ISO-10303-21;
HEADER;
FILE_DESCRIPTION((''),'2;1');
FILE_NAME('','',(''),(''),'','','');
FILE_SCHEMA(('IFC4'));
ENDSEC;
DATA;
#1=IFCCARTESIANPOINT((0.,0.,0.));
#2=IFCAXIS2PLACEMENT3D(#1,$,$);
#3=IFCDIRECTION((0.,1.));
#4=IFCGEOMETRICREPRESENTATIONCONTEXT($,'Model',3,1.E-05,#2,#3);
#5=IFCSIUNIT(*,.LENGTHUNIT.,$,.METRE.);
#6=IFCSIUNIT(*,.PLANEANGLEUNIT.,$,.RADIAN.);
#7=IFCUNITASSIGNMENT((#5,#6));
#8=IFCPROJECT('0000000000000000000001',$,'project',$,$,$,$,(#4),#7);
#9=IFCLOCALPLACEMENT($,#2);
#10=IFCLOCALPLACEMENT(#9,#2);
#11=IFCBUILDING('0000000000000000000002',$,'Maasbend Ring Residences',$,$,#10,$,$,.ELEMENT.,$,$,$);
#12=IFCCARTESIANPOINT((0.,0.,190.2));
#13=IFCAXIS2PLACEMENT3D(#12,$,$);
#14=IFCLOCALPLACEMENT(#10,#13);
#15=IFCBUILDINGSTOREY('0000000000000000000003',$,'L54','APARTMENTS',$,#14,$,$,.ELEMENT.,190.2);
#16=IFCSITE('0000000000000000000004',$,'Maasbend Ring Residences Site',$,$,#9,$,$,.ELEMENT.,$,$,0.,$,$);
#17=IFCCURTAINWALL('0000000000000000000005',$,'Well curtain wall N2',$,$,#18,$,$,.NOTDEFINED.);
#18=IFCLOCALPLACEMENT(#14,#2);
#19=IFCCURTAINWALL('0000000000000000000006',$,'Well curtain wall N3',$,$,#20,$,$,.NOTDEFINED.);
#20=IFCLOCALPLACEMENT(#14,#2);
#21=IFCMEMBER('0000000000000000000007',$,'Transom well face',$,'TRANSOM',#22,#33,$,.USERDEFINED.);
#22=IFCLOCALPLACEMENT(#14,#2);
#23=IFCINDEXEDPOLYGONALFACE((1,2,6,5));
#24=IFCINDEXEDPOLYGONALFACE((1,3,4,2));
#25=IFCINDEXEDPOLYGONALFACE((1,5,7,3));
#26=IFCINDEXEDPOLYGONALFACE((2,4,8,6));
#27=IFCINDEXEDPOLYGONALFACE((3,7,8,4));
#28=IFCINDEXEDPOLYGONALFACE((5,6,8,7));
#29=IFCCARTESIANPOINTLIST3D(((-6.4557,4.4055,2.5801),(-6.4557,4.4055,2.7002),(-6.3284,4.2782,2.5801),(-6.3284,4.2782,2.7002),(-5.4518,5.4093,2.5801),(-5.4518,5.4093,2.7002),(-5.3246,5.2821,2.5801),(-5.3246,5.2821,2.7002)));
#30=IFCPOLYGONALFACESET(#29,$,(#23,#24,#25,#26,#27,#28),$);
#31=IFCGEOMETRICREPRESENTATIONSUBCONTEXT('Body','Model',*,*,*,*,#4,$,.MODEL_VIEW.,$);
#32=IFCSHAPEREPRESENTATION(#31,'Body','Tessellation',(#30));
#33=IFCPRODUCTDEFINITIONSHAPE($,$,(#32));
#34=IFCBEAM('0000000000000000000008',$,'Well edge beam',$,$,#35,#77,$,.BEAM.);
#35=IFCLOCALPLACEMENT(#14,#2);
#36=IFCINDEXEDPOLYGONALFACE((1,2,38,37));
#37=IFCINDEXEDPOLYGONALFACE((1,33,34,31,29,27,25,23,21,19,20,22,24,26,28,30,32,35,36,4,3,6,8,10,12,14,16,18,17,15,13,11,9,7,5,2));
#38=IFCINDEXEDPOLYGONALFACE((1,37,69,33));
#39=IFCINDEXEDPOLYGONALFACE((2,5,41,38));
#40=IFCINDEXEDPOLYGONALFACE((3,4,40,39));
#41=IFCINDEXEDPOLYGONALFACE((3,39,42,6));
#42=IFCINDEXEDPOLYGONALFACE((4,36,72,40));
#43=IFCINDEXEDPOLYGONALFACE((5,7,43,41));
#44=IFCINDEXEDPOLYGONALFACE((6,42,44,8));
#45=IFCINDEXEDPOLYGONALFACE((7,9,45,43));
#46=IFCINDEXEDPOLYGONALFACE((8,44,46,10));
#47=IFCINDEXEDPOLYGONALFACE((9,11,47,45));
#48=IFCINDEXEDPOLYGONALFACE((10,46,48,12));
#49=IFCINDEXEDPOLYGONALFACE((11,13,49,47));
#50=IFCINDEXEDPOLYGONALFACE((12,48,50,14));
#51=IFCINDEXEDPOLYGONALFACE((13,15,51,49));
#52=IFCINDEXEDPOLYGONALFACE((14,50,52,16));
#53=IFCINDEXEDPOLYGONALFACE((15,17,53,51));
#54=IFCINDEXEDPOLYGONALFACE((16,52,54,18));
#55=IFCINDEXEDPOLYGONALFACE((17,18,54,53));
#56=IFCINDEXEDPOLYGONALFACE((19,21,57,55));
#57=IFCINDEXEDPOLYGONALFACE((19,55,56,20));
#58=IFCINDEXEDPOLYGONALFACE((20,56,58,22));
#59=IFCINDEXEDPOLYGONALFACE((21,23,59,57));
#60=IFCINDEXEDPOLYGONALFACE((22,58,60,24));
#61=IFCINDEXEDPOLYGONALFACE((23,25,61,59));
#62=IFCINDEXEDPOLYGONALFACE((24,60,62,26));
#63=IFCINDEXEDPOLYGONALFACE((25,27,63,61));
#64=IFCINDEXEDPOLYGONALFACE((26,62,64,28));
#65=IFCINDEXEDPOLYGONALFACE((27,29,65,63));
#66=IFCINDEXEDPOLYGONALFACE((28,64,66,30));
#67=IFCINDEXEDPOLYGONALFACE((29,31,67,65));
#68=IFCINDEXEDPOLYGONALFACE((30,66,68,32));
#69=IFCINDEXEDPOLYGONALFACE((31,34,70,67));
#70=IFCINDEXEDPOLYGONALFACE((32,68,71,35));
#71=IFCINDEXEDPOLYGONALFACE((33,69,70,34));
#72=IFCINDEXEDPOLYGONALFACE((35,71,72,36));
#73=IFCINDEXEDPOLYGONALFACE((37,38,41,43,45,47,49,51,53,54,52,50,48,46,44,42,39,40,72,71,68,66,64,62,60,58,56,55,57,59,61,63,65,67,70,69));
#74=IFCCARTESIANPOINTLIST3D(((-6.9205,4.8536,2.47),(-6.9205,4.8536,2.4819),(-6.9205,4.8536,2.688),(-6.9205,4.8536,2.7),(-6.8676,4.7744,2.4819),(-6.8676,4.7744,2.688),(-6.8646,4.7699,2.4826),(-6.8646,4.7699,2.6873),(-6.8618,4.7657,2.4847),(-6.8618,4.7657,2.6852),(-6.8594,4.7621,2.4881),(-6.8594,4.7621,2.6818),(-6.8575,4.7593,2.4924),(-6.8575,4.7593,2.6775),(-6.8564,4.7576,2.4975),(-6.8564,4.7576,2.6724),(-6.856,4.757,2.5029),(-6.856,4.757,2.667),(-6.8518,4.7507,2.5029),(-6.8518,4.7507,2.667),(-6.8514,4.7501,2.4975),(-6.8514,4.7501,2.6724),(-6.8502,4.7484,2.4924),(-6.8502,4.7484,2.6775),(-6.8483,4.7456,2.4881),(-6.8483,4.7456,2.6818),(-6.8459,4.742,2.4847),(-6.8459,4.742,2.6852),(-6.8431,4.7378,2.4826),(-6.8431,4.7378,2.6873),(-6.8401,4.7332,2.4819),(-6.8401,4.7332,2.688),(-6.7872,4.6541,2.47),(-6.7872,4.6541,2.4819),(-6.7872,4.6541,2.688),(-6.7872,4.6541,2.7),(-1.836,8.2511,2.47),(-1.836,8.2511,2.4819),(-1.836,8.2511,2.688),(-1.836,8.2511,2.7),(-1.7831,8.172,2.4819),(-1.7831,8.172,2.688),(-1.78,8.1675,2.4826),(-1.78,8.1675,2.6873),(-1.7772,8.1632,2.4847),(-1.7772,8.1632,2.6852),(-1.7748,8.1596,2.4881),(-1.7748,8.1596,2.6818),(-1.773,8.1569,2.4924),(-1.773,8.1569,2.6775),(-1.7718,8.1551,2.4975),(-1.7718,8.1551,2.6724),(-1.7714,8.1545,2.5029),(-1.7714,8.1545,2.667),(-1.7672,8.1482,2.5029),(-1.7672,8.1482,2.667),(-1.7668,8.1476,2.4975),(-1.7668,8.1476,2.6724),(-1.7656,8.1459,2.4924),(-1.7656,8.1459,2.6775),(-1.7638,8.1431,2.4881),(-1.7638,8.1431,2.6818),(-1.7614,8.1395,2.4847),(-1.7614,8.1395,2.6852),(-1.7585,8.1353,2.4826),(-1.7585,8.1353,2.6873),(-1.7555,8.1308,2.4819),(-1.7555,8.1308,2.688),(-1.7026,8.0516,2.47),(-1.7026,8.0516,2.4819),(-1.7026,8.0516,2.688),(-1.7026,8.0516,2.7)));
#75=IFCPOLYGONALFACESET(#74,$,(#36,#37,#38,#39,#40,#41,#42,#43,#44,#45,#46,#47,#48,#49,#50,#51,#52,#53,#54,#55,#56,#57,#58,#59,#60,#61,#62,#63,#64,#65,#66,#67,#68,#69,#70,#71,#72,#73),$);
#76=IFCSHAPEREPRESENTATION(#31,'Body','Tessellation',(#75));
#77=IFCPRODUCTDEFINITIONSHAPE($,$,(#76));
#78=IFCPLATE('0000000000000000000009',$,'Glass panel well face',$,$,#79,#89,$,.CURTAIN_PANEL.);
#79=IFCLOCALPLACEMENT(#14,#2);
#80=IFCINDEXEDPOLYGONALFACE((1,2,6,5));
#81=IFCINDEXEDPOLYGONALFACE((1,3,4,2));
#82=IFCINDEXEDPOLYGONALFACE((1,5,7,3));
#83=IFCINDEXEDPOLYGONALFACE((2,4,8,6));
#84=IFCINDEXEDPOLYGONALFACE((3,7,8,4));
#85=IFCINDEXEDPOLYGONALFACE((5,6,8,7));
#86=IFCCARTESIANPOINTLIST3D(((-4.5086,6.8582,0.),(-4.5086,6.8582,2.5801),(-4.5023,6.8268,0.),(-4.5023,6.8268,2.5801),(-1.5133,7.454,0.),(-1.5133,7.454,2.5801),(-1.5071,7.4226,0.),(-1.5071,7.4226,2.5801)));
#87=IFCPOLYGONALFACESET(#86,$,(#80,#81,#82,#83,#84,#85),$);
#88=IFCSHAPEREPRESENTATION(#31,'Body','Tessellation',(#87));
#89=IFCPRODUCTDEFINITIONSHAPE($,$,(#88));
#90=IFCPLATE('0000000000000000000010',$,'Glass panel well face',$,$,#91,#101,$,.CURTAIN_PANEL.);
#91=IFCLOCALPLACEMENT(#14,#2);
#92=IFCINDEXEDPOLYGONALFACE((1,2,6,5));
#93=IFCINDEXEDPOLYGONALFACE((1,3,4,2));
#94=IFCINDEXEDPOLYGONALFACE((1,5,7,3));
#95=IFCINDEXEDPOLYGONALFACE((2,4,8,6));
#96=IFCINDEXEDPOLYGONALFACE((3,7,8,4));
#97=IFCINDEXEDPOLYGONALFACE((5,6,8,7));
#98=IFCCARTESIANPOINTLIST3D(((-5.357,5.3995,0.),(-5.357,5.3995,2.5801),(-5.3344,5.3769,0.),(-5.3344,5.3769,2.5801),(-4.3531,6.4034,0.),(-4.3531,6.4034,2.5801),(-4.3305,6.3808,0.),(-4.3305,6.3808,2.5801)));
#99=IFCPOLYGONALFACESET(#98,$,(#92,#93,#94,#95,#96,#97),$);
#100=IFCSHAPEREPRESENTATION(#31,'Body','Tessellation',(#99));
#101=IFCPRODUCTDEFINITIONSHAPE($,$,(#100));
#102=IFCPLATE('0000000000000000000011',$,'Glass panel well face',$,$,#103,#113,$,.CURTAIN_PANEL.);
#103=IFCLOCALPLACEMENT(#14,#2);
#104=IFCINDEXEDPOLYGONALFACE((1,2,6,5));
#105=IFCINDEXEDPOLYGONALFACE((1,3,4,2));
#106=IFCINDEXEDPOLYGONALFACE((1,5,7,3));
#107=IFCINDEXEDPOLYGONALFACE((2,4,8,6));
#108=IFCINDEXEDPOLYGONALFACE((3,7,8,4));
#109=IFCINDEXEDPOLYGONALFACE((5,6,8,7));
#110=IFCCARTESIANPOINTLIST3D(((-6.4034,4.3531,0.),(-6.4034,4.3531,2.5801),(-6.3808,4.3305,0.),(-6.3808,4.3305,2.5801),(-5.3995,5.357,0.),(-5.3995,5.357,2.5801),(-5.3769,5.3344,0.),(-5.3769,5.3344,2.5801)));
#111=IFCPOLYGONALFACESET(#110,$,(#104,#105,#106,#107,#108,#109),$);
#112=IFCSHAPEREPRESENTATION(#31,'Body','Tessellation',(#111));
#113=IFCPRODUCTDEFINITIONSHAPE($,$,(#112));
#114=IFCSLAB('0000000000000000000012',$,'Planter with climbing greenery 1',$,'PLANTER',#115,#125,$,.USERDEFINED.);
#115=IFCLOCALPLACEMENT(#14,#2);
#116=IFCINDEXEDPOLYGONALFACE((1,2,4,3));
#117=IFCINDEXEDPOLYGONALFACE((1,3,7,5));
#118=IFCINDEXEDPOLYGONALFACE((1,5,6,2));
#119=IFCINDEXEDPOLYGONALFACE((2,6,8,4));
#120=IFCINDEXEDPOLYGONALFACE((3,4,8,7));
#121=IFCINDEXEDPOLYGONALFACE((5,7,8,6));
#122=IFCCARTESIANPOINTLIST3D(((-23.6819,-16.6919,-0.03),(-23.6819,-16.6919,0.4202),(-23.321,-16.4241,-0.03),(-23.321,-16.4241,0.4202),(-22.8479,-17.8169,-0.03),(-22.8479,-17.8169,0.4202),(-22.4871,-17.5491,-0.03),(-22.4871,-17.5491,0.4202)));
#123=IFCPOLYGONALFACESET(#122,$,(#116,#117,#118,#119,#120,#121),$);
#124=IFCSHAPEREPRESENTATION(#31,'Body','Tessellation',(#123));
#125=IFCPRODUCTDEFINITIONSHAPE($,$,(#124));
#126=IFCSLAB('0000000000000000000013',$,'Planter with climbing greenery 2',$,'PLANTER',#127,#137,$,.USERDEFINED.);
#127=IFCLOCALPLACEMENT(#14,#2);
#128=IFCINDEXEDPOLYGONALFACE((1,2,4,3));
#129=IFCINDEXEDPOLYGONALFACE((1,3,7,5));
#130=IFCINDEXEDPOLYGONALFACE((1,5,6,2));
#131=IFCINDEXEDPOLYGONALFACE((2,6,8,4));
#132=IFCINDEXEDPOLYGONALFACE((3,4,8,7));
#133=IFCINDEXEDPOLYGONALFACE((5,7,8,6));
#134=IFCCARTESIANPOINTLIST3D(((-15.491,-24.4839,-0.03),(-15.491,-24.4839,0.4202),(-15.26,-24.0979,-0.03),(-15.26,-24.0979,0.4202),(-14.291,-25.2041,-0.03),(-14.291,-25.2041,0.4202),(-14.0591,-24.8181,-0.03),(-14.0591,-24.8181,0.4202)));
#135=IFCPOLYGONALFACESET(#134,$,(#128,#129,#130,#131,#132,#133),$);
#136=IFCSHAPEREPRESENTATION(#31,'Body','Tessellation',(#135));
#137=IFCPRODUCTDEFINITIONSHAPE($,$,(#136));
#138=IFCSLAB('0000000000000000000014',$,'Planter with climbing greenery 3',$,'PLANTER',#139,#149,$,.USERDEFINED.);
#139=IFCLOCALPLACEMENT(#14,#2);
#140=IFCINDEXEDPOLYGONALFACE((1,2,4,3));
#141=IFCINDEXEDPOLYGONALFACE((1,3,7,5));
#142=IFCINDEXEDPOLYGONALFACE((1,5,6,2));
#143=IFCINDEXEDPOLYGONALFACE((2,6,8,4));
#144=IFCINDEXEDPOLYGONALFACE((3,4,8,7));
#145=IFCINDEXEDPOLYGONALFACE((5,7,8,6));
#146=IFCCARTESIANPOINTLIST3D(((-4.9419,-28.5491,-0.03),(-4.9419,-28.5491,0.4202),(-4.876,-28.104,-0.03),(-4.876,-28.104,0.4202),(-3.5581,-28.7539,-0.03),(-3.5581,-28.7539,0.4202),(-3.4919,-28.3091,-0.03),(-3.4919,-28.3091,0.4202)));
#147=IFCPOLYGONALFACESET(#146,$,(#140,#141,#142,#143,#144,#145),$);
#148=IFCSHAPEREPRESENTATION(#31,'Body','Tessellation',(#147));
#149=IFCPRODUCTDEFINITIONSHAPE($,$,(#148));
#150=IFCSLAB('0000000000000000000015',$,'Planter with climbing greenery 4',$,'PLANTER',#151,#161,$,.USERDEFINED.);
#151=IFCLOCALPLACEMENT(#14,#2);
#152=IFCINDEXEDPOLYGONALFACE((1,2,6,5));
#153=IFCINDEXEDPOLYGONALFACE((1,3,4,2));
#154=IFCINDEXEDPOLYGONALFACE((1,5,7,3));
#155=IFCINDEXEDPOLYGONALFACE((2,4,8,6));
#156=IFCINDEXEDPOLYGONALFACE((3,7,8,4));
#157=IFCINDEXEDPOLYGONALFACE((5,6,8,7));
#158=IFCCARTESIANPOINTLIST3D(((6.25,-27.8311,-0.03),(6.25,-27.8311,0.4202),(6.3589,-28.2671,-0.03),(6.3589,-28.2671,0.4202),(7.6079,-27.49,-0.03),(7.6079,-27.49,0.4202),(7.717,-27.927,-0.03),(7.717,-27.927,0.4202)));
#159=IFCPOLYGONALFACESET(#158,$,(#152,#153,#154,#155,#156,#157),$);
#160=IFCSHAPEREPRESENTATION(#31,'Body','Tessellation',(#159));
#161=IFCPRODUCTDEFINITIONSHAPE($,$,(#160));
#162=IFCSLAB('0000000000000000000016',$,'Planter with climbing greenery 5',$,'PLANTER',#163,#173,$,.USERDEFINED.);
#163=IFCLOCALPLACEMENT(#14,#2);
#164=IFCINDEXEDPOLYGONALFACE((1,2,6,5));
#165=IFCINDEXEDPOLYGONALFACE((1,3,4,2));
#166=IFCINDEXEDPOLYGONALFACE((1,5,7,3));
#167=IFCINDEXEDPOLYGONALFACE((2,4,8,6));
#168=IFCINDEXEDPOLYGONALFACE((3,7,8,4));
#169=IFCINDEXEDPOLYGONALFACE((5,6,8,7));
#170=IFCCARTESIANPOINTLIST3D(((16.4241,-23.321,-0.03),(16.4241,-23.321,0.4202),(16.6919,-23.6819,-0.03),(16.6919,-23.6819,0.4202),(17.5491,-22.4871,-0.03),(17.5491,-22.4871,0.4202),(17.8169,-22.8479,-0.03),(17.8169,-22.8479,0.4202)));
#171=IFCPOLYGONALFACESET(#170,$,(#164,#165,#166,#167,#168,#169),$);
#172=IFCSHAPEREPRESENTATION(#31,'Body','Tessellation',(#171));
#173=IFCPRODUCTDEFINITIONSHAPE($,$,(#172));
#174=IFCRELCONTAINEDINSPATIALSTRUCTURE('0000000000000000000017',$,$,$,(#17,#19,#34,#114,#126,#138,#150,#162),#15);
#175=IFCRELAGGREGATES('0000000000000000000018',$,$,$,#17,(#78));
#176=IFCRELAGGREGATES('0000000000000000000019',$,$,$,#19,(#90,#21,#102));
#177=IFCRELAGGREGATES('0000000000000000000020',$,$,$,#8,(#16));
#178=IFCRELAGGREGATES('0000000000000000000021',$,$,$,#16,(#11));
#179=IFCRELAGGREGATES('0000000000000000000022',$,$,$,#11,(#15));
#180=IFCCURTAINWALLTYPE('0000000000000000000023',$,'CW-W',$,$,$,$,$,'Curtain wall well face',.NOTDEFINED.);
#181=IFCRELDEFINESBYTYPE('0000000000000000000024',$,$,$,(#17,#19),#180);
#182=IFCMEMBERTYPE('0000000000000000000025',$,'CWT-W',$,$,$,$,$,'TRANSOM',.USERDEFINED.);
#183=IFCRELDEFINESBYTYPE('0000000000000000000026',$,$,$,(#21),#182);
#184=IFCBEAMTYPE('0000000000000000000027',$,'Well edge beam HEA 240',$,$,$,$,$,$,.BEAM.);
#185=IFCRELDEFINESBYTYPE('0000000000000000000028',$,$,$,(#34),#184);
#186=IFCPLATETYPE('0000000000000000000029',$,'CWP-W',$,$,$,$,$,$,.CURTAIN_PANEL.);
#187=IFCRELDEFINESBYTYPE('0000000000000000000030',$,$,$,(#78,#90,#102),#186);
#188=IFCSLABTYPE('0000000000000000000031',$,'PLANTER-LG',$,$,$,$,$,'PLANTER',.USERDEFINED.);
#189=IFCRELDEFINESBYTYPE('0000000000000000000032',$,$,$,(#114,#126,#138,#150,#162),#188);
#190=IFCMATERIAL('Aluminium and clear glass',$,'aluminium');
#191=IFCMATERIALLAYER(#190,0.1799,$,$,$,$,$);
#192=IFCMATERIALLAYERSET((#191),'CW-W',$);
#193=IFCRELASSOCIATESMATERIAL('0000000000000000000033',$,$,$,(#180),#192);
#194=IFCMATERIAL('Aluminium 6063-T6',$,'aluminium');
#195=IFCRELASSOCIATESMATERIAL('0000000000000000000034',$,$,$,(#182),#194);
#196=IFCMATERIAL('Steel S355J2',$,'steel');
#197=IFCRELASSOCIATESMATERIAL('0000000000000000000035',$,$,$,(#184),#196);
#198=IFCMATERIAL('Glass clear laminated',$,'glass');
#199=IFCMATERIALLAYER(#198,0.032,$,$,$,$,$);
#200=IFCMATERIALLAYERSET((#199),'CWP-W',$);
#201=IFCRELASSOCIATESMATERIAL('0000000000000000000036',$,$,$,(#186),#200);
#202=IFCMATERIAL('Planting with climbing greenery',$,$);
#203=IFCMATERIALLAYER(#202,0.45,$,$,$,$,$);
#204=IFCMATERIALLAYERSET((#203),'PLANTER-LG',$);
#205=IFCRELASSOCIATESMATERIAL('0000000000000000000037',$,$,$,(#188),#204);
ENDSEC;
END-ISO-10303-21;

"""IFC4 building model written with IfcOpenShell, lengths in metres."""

from ifc_helpers import new_model, si_unit, direction, frame, origin, origin_2d, place, context, subcontext, project, spatial, polyline, rectangle, i_section, outline, extrude, material, layer, layer_set, material_profile, profile_set, type_object, element, aggregate, save


model = new_model("IFC4")

# Units and contexts
model_context = context("Model", 3, precision=1e-05, world=origin(), true_north=direction((0.0, 1.0)))
body_context = subcontext(model_context, "Body", "Model", "MODEL_VIEW")
ifc_project = project(units=[si_unit("LENGTHUNIT", "METRE"), si_unit("PLANEANGLEUNIT", "RADIAN")], contexts=[model_context])

# Site, building, storey
site_placement = place(None, origin())
site = spatial("IfcSite", under=ifc_project, at=site_placement, Name="Maasbend Ring Residences Site", CompositionType="ELEMENT", RefElevation=0.0)
building_placement = place(site_placement, origin())
building = spatial("IfcBuilding", under=site, at=building_placement, Name="Maasbend Ring Residences", CompositionType="ELEMENT")
storey_placement = place(building_placement, frame((0.0, 0.0, 190.2)))
storey = spatial("IfcBuildingStorey", under=building, at=storey_placement, Name="L54", Description="APARTMENTS", CompositionType="ELEMENT", Elevation=190.2)

# Curtain walls
ifc_material_1 = material(Name="Aluminium and clear glass", Category="aluminium")
ifc_layer_1 = layer(ifc_material_1, 0.1799)
ifc_layer_set_1 = layer_set([ifc_layer_1], Name="CW-W")
curtain_wall_type = type_object("IfcCurtainWallType", Name="CW-W", ElementType="Curtain wall well face", PredefinedType="NOTDEFINED", material=ifc_layer_set_1)
curtain_wall_1_placement = place(storey_placement, origin())
curtain_wall_1 = element("IfcCurtainWall", 1, at=curtain_wall_1_placement, inside=storey, type_object=curtain_wall_type, Name="Well curtain wall N2", PredefinedType="NOTDEFINED")
curtain_wall_2_placement = place(storey_placement, origin())
curtain_wall_2 = element("IfcCurtainWall", 2, at=curtain_wall_2_placement, inside=storey, type_object=curtain_wall_type, Name="Well curtain wall N3", PredefinedType="NOTDEFINED")

# Member
ifc_material_2 = material(Name="Aluminium 6063-T6", Category="aluminium")
ifc_material_profile_1 = material_profile(ifc_material_2, rectangle(XDim=0.1799, YDim=0.1201, at=origin_2d()), Name="AL 180x120")
ifc_profile_set_1 = profile_set([ifc_material_profile_1], Name="Aluminium 6063-T6")
member_type_1 = type_object("IfcMemberType", Name="CWT-W", ElementType="TRANSOM", PredefinedType="USERDEFINED", material=ifc_profile_set_1)
member_1_placement = place(storey_placement, frame((-5.3882, 5.3457, 2.6401), z_axis=(-0.707107, -0.707107, 0.0), x_axis=(0.707107, -0.707107, 0.0)))
member_1 = element("IfcMember", 3, at=member_1_placement, type_object=member_type_1, Name="Transom well face", ObjectType="TRANSOM", PredefinedType="USERDEFINED", context=body_context, shape_type="SweptSolid", body=[
    extrude(rectangle(XDim=0.1799, YDim=0.1201, at=origin_2d()), origin(), (0.0, 0.0, 1.0), 1.4197),
])

# Beam
ifc_material_3 = material(Name="Steel S355J2", Category="steel")
ifc_material_profile_2 = material_profile(ifc_material_3, i_section(OverallWidth=0.24, OverallDepth=0.23, WebThickness=0.0076, FlangeThickness=0.012, FilletRadius=0.021, at=origin_2d()), Name="HEA 240")
ifc_profile_set_2 = profile_set([ifc_material_profile_2], Name="Steel S355J2")
beam_type = type_object("IfcBeamType", Name="Well edge beam HEA 240", PredefinedType="BEAM", material=ifc_profile_set_2)
beam_placement = place(storey_placement, frame((-1.7693, 8.1514, 2.585), z_axis=(-0.83146, -0.555584, 0.0), x_axis=(0.555584, -0.83146, 0.0)))
element("IfcBeam", 4, at=beam_placement, inside=storey, type_object=beam_type, Name="Well edge beam", PredefinedType="BEAM", context=body_context, shape_type="SweptSolid", body=[
    extrude(i_section(OverallWidth=0.24, OverallDepth=0.23, WebThickness=0.0076, FlangeThickness=0.012, FilletRadius=0.021, at=origin_2d()), origin(), (0.0, 0.0, 1.0), 6.1152),
])

# Plates
ifc_material_4 = material(Name="Glass clear laminated", Category="glass")
ifc_layer_2 = layer(ifc_material_4, 0.032)
ifc_layer_set_2 = layer_set([ifc_layer_2], Name="CWP-W")
plate_type = type_object("IfcPlateType", Name="CWP-W", PredefinedType="CURTAIN_PANEL", material=ifc_layer_set_2)
plate_1_placement = place(storey_placement, frame((-3.0078, 7.1404, 0.0), z_axis=(0.0, 0.0, 1.0), x_axis=(-0.980785, -0.19509, 0.0)))
plate_1 = element("IfcPlate", 5, at=plate_1_placement, type_object=plate_type, Name="Glass panel well face", PredefinedType="CURTAIN_PANEL", context=body_context, shape_type="SweptSolid", body=[
    extrude(rectangle(XDim=3.054, YDim=0.032, at=origin_2d()), origin(), (0.0, 0.0, 1.0), 2.5801),
])
aggregate(curtain_wall_1, [plate_1])
plate_2_placement = place(storey_placement, frame((-4.8438, 5.8901, 0.0), z_axis=(0.0, 0.0, 1.0), x_axis=(-0.707107, -0.707107, 0.0)))
plate_2 = element("IfcPlate", 6, at=plate_2_placement, type_object=plate_type, Name="Glass panel well face", PredefinedType="CURTAIN_PANEL", context=body_context, shape_type="SweptSolid", body=[
    extrude(rectangle(XDim=1.4197, YDim=0.032, at=origin_2d()), origin(), (0.0, 0.0, 1.0), 2.5801),
])
plate_3_placement = place(storey_placement, frame((-5.8901, 4.8438, 0.0), z_axis=(0.0, 0.0, 1.0), x_axis=(-0.707107, -0.707107, 0.0)))
plate_3 = element("IfcPlate", 7, at=plate_3_placement, type_object=plate_type, Name="Glass panel well face", PredefinedType="CURTAIN_PANEL", context=body_context, shape_type="SweptSolid", body=[
    extrude(rectangle(XDim=1.4197, YDim=0.032, at=origin_2d()), origin(), (0.0, 0.0, 1.0), 2.5801),
])
aggregate(curtain_wall_2, [plate_2, member_1, plate_3])

# Slabs
ifc_material_5 = material(Name="Planting with climbing greenery")
ifc_layer_3 = layer(ifc_material_5, 0.45)
ifc_layer_set_3 = layer_set([ifc_layer_3], Name="PLANTER-LG")
slab_type_1 = type_object("IfcSlabType", Name="PLANTER-LG", ElementType="PLANTER", PredefinedType="USERDEFINED", material=ifc_layer_set_3)
slab_1_placement = place(storey_placement, frame((0.0, 0.0, -0.03)))
element("IfcSlab", 8, at=slab_1_placement, inside=storey, type_object=slab_type_1, Name="Planter with climbing greenery 1", ObjectType="PLANTER", PredefinedType="USERDEFINED", context=body_context, shape_type="SweptSolid", body=[
    extrude(outline(polyline([(-23.6819, -16.6919), (-22.8479, -17.8169), (-22.4871, -17.5491), (-23.321, -16.4241), (-23.6819, -16.6919)])), origin(), (0.0, 0.0, 1.0), 0.4502),
])
slab_2_placement = place(storey_placement, frame((0.0, 0.0, -0.03)))
element("IfcSlab", 9, at=slab_2_placement, inside=storey, type_object=slab_type_1, Name="Planter with climbing greenery 2", ObjectType="PLANTER", PredefinedType="USERDEFINED", context=body_context, shape_type="SweptSolid", body=[
    extrude(outline(polyline([(-15.491, -24.4839), (-14.291, -25.2041), (-14.0591, -24.8181), (-15.26, -24.0979), (-15.491, -24.4839)])), origin(), (0.0, 0.0, 1.0), 0.4502),
])
slab_3_placement = place(storey_placement, frame((0.0, 0.0, -0.03)))
element("IfcSlab", 10, at=slab_3_placement, inside=storey, type_object=slab_type_1, Name="Planter with climbing greenery 3", ObjectType="PLANTER", PredefinedType="USERDEFINED", context=body_context, shape_type="SweptSolid", body=[
    extrude(outline(polyline([(-4.9419, -28.5491), (-3.5581, -28.7539), (-3.4919, -28.3091), (-4.876, -28.104), (-4.9419, -28.5491)])), origin(), (0.0, 0.0, 1.0), 0.4502),
])
slab_4_placement = place(storey_placement, frame((0.0, 0.0, -0.03)))
element("IfcSlab", 11, at=slab_4_placement, inside=storey, type_object=slab_type_1, Name="Planter with climbing greenery 4", ObjectType="PLANTER", PredefinedType="USERDEFINED", context=body_context, shape_type="SweptSolid", body=[
    extrude(outline(polyline([(6.3589, -28.2671), (7.717, -27.927), (7.6079, -27.49), (6.25, -27.8311), (6.3589, -28.2671)])), origin(), (0.0, 0.0, 1.0), 0.4502),
])
slab_5_placement = place(storey_placement, frame((0.0, 0.0, -0.03)))
element("IfcSlab", 12, at=slab_5_placement, inside=storey, type_object=slab_type_1, Name="Planter with climbing greenery 5", ObjectType="PLANTER", PredefinedType="USERDEFINED", context=body_context, shape_type="SweptSolid", body=[
    extrude(outline(polyline([(16.6919, -23.6819), (17.8169, -22.8479), (17.5491, -22.4871), (16.4241, -23.321), (16.6919, -23.6819)])), origin(), (0.0, 0.0, 1.0), 0.4502),
])

save(model, "model.ifc")
